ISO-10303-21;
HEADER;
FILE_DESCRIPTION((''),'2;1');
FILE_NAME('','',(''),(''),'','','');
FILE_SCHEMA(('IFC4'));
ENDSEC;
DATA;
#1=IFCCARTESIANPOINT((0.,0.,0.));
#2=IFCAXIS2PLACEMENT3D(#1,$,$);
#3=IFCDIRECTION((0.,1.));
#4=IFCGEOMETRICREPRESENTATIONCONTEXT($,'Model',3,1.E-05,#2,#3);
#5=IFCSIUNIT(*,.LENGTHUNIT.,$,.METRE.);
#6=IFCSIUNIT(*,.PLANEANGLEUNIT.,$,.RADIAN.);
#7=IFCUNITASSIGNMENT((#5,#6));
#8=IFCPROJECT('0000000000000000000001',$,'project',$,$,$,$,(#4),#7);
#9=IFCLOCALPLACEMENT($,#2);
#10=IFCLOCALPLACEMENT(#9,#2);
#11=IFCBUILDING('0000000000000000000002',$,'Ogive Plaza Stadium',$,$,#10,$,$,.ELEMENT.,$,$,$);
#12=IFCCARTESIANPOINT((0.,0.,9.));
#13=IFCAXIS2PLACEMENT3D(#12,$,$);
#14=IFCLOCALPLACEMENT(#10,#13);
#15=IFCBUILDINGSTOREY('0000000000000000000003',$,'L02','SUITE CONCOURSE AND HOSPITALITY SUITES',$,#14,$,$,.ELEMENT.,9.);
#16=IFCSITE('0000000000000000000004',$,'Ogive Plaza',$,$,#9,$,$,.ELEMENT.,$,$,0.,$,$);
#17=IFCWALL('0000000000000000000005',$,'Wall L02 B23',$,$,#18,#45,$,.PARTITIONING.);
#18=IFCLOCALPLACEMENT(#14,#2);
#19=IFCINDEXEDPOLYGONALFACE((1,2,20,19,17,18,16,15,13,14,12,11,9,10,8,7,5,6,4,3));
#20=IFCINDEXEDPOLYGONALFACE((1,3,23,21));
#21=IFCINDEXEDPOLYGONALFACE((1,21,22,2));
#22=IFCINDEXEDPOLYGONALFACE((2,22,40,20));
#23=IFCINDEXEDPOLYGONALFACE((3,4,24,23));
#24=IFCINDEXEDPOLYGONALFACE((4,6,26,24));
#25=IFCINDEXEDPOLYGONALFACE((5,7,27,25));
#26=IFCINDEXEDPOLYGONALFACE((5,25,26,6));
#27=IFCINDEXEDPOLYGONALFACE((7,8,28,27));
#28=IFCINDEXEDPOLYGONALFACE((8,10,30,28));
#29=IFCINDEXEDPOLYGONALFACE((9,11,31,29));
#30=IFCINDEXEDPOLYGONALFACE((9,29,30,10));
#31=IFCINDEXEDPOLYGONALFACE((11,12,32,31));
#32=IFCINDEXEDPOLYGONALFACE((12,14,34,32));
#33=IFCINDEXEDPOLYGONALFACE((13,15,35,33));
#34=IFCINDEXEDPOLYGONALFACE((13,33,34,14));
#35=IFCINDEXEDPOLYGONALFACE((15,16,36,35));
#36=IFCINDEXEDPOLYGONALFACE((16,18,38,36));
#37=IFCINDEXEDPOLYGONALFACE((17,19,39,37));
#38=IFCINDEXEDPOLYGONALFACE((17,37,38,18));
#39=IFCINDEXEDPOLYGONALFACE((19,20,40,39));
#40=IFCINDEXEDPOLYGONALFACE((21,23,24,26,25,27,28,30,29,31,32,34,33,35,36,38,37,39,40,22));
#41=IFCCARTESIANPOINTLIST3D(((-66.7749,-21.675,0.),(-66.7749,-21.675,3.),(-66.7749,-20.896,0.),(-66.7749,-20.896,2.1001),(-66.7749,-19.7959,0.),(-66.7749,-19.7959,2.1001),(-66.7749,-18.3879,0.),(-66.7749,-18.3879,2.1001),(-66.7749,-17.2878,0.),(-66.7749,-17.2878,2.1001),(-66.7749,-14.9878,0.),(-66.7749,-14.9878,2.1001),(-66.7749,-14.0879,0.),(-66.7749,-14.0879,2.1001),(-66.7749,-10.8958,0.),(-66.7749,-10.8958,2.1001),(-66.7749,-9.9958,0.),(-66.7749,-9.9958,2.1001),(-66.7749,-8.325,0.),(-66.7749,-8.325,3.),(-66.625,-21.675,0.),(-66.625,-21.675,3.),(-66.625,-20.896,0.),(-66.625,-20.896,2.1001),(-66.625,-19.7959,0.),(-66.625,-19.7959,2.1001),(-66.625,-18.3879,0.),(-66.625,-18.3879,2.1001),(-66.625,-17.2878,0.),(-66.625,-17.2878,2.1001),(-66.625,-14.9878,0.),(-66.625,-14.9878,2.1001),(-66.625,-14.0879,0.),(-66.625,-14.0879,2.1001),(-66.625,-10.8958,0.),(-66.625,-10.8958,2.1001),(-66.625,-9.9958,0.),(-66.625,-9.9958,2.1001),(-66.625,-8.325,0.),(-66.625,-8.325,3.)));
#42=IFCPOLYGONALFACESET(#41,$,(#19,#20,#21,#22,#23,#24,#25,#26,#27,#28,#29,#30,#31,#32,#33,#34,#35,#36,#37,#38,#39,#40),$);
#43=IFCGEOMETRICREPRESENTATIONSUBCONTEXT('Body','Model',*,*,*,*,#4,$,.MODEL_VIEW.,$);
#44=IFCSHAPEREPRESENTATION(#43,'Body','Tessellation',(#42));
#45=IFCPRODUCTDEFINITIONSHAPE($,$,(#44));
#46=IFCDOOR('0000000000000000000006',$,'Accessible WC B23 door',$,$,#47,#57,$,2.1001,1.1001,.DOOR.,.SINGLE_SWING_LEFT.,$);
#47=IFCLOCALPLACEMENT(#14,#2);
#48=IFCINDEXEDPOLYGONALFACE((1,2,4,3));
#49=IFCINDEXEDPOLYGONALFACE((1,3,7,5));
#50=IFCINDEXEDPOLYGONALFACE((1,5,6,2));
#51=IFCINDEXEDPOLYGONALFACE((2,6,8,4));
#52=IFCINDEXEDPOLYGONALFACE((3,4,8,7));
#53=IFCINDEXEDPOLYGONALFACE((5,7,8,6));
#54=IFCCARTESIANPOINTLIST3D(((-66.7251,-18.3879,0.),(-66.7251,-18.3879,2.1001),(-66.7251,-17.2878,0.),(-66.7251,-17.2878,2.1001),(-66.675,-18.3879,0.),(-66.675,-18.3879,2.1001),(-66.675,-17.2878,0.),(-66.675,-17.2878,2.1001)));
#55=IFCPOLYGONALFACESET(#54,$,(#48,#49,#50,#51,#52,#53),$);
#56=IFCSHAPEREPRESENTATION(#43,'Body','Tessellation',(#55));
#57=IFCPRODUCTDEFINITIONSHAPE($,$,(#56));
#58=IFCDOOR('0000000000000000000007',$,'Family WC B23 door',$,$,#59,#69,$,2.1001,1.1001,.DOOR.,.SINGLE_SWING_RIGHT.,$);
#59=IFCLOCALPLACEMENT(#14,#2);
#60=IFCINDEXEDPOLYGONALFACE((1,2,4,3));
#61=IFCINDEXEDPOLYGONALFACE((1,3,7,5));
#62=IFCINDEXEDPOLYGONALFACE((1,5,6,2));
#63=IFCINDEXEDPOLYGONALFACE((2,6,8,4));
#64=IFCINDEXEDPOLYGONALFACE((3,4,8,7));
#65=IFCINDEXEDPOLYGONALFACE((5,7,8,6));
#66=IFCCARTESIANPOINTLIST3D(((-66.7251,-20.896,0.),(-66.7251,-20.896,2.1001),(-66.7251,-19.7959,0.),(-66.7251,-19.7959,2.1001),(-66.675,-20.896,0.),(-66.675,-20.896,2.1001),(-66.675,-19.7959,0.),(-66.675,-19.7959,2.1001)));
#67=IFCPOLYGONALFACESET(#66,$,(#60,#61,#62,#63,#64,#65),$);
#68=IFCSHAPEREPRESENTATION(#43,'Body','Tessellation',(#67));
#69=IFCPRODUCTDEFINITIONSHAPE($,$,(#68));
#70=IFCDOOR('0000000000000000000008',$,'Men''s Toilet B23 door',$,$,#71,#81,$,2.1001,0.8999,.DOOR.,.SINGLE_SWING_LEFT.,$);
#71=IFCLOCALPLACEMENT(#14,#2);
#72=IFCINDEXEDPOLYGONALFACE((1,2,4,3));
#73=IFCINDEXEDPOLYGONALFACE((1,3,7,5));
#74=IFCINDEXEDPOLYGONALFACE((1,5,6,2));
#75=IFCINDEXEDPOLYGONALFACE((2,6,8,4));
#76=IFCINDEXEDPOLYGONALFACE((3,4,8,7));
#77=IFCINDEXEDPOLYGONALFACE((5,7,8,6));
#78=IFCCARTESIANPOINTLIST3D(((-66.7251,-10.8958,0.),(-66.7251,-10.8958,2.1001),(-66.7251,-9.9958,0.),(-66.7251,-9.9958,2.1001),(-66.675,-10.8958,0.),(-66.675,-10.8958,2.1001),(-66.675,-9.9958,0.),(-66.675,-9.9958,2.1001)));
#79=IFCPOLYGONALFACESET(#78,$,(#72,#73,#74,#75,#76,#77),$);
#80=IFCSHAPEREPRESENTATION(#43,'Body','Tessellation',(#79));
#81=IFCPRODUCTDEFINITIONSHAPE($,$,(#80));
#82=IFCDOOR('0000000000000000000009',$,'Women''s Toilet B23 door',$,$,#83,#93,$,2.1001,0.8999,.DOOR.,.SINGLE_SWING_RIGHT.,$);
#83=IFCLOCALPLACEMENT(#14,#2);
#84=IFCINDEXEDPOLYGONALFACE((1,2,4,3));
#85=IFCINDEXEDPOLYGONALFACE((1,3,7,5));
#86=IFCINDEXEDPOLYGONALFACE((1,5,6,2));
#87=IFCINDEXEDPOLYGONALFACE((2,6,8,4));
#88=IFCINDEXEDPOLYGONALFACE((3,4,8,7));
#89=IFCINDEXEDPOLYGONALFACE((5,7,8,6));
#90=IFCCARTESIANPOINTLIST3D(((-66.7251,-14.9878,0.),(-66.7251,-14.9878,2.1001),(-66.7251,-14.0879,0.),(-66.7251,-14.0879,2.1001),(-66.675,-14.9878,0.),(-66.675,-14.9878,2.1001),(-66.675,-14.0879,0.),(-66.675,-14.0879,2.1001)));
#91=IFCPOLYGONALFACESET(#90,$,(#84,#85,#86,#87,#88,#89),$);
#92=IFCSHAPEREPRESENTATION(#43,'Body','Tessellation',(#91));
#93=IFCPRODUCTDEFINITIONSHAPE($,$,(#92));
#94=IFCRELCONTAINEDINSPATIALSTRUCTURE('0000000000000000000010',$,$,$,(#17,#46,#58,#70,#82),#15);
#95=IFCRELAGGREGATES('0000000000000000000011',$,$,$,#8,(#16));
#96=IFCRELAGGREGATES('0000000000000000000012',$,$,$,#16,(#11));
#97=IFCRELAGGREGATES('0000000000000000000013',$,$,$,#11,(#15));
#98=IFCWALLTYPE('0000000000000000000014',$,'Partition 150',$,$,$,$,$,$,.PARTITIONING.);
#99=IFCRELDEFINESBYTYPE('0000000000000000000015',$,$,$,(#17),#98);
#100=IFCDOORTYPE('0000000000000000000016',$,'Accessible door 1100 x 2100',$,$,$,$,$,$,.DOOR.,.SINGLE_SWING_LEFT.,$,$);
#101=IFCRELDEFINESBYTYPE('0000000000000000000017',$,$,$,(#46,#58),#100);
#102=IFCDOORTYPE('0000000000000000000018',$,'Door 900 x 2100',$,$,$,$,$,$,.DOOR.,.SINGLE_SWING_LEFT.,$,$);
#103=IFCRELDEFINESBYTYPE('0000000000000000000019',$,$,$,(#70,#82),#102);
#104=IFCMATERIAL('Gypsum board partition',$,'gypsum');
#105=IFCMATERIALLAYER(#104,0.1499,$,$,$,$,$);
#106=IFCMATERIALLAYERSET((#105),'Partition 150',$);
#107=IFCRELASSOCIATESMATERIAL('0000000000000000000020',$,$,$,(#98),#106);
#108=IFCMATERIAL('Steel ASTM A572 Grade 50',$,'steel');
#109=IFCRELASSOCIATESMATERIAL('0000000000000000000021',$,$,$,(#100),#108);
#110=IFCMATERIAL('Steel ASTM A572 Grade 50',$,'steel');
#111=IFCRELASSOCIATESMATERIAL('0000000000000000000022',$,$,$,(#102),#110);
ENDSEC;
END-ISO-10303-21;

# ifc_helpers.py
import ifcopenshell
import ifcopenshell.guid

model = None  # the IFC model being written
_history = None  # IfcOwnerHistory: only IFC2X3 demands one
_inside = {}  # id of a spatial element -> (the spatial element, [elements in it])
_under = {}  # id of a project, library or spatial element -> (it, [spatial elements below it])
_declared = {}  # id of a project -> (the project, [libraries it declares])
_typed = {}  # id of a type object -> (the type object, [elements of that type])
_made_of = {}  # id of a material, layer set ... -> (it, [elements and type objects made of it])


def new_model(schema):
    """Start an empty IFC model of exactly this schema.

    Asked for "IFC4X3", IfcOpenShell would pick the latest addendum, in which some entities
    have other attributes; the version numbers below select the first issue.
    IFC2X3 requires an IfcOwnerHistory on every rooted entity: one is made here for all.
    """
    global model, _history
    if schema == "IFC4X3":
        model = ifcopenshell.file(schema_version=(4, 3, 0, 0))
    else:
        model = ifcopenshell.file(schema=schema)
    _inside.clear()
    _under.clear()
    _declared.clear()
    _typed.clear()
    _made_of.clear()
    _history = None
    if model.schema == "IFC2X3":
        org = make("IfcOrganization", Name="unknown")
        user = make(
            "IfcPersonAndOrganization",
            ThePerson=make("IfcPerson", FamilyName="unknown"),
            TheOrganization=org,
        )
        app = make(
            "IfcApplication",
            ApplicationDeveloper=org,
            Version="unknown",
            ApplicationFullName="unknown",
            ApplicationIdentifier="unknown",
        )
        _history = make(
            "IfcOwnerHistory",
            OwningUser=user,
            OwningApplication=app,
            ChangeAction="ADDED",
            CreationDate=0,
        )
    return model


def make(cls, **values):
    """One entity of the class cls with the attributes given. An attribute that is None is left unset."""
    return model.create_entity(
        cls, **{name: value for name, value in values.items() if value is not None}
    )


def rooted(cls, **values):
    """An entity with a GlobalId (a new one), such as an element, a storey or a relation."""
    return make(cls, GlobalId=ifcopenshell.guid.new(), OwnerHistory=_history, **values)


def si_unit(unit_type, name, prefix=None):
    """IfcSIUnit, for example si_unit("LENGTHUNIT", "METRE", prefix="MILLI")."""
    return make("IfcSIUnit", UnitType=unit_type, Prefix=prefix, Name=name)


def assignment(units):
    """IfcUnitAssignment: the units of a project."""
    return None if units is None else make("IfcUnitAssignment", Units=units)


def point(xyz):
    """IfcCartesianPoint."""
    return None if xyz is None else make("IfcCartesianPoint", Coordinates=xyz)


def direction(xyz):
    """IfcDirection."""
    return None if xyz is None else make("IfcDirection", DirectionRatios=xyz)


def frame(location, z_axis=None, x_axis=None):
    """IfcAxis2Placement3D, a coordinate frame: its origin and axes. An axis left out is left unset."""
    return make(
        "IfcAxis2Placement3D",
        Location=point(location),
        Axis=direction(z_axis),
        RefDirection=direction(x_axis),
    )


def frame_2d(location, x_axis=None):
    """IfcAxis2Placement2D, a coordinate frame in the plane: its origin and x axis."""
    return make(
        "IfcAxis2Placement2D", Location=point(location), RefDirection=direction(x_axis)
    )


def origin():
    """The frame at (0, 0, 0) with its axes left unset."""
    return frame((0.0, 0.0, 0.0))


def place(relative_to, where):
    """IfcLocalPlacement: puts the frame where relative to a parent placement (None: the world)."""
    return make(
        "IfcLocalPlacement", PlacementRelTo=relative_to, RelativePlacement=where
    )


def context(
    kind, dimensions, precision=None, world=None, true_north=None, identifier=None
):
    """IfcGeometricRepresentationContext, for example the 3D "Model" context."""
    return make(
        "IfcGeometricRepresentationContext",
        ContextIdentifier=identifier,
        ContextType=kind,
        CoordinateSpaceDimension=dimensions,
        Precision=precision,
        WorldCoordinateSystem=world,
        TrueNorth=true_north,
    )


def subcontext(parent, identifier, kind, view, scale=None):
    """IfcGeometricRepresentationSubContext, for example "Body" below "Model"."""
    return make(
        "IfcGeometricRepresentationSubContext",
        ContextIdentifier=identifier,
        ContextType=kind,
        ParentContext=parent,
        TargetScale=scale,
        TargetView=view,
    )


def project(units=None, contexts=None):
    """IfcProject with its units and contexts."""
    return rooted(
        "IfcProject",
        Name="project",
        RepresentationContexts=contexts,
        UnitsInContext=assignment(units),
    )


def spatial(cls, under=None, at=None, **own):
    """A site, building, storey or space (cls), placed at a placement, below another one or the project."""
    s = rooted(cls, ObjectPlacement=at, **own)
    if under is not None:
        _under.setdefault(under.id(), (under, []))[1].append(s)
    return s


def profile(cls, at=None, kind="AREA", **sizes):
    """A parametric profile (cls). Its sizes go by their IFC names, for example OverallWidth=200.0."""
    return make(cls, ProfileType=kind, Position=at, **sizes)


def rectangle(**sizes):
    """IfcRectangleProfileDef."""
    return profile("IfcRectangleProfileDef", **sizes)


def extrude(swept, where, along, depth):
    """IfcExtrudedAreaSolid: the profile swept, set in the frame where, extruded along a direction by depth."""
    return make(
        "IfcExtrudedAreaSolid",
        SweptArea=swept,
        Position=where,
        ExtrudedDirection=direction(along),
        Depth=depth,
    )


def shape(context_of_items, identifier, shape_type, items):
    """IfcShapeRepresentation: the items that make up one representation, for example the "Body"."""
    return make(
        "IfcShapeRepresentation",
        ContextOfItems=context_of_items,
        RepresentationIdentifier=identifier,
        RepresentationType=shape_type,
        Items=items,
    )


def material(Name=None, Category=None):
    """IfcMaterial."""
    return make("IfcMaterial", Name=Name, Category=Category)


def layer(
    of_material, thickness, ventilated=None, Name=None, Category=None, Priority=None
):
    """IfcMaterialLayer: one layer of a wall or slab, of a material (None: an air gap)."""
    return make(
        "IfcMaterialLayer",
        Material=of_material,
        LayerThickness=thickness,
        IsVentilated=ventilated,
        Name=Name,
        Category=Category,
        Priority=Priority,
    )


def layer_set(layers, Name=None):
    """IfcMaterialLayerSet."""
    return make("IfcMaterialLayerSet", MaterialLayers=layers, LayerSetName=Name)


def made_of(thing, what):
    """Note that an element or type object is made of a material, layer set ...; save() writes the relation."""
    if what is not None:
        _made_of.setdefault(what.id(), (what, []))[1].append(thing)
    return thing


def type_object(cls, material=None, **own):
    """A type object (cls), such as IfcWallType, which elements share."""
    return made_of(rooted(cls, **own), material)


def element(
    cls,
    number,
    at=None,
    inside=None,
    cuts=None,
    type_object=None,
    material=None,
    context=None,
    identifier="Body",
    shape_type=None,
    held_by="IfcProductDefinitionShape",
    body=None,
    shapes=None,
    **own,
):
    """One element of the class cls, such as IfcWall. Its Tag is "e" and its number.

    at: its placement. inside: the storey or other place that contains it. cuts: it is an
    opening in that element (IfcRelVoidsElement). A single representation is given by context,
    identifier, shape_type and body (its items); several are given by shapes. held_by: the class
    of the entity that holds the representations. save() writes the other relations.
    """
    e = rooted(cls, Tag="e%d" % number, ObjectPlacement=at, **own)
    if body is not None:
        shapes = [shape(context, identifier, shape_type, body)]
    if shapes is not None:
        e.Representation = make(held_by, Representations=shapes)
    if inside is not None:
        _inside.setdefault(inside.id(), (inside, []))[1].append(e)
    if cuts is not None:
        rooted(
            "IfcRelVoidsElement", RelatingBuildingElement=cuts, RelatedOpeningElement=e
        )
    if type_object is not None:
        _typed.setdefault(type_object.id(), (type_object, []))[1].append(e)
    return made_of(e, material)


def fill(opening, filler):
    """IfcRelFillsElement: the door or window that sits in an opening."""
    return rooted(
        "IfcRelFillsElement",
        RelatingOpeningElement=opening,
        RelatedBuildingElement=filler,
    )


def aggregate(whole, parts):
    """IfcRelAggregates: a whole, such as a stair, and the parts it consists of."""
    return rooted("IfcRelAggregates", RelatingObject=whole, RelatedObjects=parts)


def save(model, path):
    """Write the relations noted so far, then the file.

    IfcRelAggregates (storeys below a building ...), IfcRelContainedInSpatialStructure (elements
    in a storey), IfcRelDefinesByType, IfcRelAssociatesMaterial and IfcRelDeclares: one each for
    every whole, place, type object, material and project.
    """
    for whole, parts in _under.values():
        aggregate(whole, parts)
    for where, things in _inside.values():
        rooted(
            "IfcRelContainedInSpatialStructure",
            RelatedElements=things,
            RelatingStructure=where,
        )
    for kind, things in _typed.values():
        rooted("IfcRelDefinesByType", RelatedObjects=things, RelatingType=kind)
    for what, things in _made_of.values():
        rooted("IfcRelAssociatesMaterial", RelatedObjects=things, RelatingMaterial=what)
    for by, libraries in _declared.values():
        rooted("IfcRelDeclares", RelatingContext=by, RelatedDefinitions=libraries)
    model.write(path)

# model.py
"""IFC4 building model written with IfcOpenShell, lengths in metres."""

from ifc_helpers import new_model, si_unit, direction, frame, frame_2d, origin, place, context, subcontext, project, spatial, rectangle, extrude, material, layer, layer_set, type_object, element, fill, save


model = new_model("IFC4")

# Units and contexts
model_context = context("Model", 3, precision=1e-05, world=origin(), true_north=direction((0.0, 1.0)))
body_context = subcontext(model_context, "Body", "Model", "MODEL_VIEW")
ifc_project = project(units=[si_unit("LENGTHUNIT", "METRE"), si_unit("PLANEANGLEUNIT", "RADIAN")], contexts=[model_context])

# Site, building, storey
site_placement = place(None, origin())
site = spatial("IfcSite", under=ifc_project, at=site_placement, Name="Ogive Plaza", CompositionType="ELEMENT", RefElevation=0.0)
building_placement = place(site_placement, origin())
building = spatial("IfcBuilding", under=site, at=building_placement, Name="Ogive Plaza Stadium", CompositionType="ELEMENT")
storey_placement = place(building_placement, frame((0.0, 0.0, 9.0)))
storey = spatial("IfcBuildingStorey", under=building, at=storey_placement, Name="L02", Description="SUITE CONCOURSE AND HOSPITALITY SUITES", CompositionType="ELEMENT", Elevation=9.0)

# Wall, openings, doors
ifc_material_1 = material(Name="Gypsum board partition", Category="gypsum")
ifc_layer_1 = layer(ifc_material_1, 0.1499)
ifc_layer_set_1 = layer_set([ifc_layer_1], Name="Partition 150")
wall_type_1 = type_object("IfcWallType", Name="Partition 150", PredefinedType="PARTITIONING", material=ifc_layer_set_1)
wall_1_placement = place(storey_placement, frame((-66.7, -8.325, 0.0), z_axis=(0.0, 0.0, 1.0), x_axis=(0.0, -1.0, 0.0)))
wall_1 = element("IfcWall", 1, at=wall_1_placement, inside=storey, type_object=wall_type_1, Name="Wall L02 B23", PredefinedType="PARTITIONING", context=body_context, shape_type="SweptSolid", body=[
    extrude(rectangle(XDim=13.3501, YDim=0.1499, at=frame_2d((6.675, 0.0))), origin(), (0.0, 0.0, 1.0), 3.0),
])
opening_1_placement = place(wall_1_placement, frame((1.6709, 0.0, 0.0)))
opening_1 = element("IfcOpeningElement", 2, at=opening_1_placement, cuts=wall_1, PredefinedType="OPENING", context=body_context, shape_type="SweptSolid", body=[
    extrude(rectangle(XDim=0.8999, YDim=2.1001, at=frame_2d((0.45, 1.05))), frame((0.0, 0.075, 0.0), z_axis=(0.0, -1.0, 0.0), x_axis=(1.0, 0.0, 0.0)), (0.0, 0.0, 1.0), 0.1499),
])
opening_2_placement = place(wall_1_placement, frame((5.7629, 0.0, 0.0)))
opening_2 = element("IfcOpeningElement", 3, at=opening_2_placement, cuts=wall_1, PredefinedType="OPENING", context=body_context, shape_type="SweptSolid", body=[
    extrude(rectangle(XDim=0.8999, YDim=2.1001, at=frame_2d((0.45, 1.05))), frame((0.0, 0.075, 0.0), z_axis=(0.0, -1.0, 0.0), x_axis=(1.0, 0.0, 0.0)), (0.0, 0.0, 1.0), 0.1499),
])
opening_3_placement = place(wall_1_placement, frame((8.9629, 0.0, 0.0)))
opening_3 = element("IfcOpeningElement", 4, at=opening_3_placement, cuts=wall_1, PredefinedType="OPENING", context=body_context, shape_type="SweptSolid", body=[
    extrude(rectangle(XDim=1.1001, YDim=2.1001, at=frame_2d((0.55, 1.05))), frame((0.0, 0.075, 0.0), z_axis=(0.0, -1.0, 0.0), x_axis=(1.0, 0.0, 0.0)), (0.0, 0.0, 1.0), 0.1499),
])
opening_4_placement = place(wall_1_placement, frame((11.4709, 0.0, 0.0)))
opening_4 = element("IfcOpeningElement", 5, at=opening_4_placement, cuts=wall_1, PredefinedType="OPENING", context=body_context, shape_type="SweptSolid", body=[
    extrude(rectangle(XDim=1.1001, YDim=2.1001, at=frame_2d((0.55, 1.05))), frame((0.0, 0.075, 0.0), z_axis=(0.0, -1.0, 0.0), x_axis=(1.0, 0.0, 0.0)), (0.0, 0.0, 1.0), 0.1499),
])
ifc_material_2 = material(Name="Steel ASTM A572 Grade 50", Category="steel")
door_type_1 = type_object("IfcDoorType", Name="Accessible door 1100 x 2100", OperationType="SINGLE_SWING_LEFT", PredefinedType="DOOR", material=ifc_material_2)
door_1_placement = place(opening_3_placement, origin())
door_1 = element("IfcDoor", 6, at=door_1_placement, inside=storey, type_object=door_type_1, Name="Accessible WC B23 door", OperationType="SINGLE_SWING_LEFT", OverallHeight=2.1001, OverallWidth=1.1001, PredefinedType="DOOR", context=body_context, shape_type="SweptSolid", body=[
    extrude(rectangle(XDim=1.1001, YDim=2.1001, at=frame_2d((0.55, 1.05))), frame((0.0, 0.0249, 0.0), z_axis=(0.0, -1.0, 0.0), x_axis=(1.0, 0.0, 0.0)), (0.0, 0.0, 1.0), 0.05),
])
fill(opening_3, door_1)
door_2_placement = place(opening_4_placement, origin())
door_2 = element("IfcDoor", 7, at=door_2_placement, inside=storey, type_object=door_type_1, Name="Family WC B23 door", OperationType="SINGLE_SWING_RIGHT", OverallHeight=2.1001, OverallWidth=1.1001, PredefinedType="DOOR", context=body_context, shape_type="SweptSolid", body=[
    extrude(rectangle(XDim=1.1001, YDim=2.1001, at=frame_2d((0.55, 1.05))), frame((0.0, 0.0249, 0.0), z_axis=(0.0, -1.0, 0.0), x_axis=(1.0, 0.0, 0.0)), (0.0, 0.0, 1.0), 0.05),
])
fill(opening_4, door_2)
ifc_material_3 = material(Name="Steel ASTM A572 Grade 50", Category="steel")
door_type_2 = type_object("IfcDoorType", Name="Door 900 x 2100", OperationType="SINGLE_SWING_LEFT", PredefinedType="DOOR", material=ifc_material_3)
door_3_placement = place(opening_1_placement, origin())
door_3 = element("IfcDoor", 8, at=door_3_placement, inside=storey, type_object=door_type_2, Name="Men's Toilet B23 door", OperationType="SINGLE_SWING_LEFT", OverallHeight=2.1001, OverallWidth=0.8999, PredefinedType="DOOR", context=body_context, shape_type="SweptSolid", body=[
    extrude(rectangle(XDim=0.8999, YDim=2.1001, at=frame_2d((0.45, 1.05))), frame((0.0, 0.0249, 0.0), z_axis=(0.0, -1.0, 0.0), x_axis=(1.0, 0.0, 0.0)), (0.0, 0.0, 1.0), 0.05),
])
fill(opening_1, door_3)
door_4_placement = place(opening_2_placement, origin())
door_4 = element("IfcDoor", 9, at=door_4_placement, inside=storey, type_object=door_type_2, Name="Women's Toilet B23 door", OperationType="SINGLE_SWING_RIGHT", OverallHeight=2.1001, OverallWidth=0.8999, PredefinedType="DOOR", context=body_context, shape_type="SweptSolid", body=[
    extrude(rectangle(XDim=0.8999, YDim=2.1001, at=frame_2d((0.45, 1.05))), frame((0.0, 0.0249, 0.0), z_axis=(0.0, -1.0, 0.0), x_axis=(1.0, 0.0, 0.0)), (0.0, 0.0, 1.0), 0.05),
])
fill(opening_2, door_4)

save(model, "model.ifc")
